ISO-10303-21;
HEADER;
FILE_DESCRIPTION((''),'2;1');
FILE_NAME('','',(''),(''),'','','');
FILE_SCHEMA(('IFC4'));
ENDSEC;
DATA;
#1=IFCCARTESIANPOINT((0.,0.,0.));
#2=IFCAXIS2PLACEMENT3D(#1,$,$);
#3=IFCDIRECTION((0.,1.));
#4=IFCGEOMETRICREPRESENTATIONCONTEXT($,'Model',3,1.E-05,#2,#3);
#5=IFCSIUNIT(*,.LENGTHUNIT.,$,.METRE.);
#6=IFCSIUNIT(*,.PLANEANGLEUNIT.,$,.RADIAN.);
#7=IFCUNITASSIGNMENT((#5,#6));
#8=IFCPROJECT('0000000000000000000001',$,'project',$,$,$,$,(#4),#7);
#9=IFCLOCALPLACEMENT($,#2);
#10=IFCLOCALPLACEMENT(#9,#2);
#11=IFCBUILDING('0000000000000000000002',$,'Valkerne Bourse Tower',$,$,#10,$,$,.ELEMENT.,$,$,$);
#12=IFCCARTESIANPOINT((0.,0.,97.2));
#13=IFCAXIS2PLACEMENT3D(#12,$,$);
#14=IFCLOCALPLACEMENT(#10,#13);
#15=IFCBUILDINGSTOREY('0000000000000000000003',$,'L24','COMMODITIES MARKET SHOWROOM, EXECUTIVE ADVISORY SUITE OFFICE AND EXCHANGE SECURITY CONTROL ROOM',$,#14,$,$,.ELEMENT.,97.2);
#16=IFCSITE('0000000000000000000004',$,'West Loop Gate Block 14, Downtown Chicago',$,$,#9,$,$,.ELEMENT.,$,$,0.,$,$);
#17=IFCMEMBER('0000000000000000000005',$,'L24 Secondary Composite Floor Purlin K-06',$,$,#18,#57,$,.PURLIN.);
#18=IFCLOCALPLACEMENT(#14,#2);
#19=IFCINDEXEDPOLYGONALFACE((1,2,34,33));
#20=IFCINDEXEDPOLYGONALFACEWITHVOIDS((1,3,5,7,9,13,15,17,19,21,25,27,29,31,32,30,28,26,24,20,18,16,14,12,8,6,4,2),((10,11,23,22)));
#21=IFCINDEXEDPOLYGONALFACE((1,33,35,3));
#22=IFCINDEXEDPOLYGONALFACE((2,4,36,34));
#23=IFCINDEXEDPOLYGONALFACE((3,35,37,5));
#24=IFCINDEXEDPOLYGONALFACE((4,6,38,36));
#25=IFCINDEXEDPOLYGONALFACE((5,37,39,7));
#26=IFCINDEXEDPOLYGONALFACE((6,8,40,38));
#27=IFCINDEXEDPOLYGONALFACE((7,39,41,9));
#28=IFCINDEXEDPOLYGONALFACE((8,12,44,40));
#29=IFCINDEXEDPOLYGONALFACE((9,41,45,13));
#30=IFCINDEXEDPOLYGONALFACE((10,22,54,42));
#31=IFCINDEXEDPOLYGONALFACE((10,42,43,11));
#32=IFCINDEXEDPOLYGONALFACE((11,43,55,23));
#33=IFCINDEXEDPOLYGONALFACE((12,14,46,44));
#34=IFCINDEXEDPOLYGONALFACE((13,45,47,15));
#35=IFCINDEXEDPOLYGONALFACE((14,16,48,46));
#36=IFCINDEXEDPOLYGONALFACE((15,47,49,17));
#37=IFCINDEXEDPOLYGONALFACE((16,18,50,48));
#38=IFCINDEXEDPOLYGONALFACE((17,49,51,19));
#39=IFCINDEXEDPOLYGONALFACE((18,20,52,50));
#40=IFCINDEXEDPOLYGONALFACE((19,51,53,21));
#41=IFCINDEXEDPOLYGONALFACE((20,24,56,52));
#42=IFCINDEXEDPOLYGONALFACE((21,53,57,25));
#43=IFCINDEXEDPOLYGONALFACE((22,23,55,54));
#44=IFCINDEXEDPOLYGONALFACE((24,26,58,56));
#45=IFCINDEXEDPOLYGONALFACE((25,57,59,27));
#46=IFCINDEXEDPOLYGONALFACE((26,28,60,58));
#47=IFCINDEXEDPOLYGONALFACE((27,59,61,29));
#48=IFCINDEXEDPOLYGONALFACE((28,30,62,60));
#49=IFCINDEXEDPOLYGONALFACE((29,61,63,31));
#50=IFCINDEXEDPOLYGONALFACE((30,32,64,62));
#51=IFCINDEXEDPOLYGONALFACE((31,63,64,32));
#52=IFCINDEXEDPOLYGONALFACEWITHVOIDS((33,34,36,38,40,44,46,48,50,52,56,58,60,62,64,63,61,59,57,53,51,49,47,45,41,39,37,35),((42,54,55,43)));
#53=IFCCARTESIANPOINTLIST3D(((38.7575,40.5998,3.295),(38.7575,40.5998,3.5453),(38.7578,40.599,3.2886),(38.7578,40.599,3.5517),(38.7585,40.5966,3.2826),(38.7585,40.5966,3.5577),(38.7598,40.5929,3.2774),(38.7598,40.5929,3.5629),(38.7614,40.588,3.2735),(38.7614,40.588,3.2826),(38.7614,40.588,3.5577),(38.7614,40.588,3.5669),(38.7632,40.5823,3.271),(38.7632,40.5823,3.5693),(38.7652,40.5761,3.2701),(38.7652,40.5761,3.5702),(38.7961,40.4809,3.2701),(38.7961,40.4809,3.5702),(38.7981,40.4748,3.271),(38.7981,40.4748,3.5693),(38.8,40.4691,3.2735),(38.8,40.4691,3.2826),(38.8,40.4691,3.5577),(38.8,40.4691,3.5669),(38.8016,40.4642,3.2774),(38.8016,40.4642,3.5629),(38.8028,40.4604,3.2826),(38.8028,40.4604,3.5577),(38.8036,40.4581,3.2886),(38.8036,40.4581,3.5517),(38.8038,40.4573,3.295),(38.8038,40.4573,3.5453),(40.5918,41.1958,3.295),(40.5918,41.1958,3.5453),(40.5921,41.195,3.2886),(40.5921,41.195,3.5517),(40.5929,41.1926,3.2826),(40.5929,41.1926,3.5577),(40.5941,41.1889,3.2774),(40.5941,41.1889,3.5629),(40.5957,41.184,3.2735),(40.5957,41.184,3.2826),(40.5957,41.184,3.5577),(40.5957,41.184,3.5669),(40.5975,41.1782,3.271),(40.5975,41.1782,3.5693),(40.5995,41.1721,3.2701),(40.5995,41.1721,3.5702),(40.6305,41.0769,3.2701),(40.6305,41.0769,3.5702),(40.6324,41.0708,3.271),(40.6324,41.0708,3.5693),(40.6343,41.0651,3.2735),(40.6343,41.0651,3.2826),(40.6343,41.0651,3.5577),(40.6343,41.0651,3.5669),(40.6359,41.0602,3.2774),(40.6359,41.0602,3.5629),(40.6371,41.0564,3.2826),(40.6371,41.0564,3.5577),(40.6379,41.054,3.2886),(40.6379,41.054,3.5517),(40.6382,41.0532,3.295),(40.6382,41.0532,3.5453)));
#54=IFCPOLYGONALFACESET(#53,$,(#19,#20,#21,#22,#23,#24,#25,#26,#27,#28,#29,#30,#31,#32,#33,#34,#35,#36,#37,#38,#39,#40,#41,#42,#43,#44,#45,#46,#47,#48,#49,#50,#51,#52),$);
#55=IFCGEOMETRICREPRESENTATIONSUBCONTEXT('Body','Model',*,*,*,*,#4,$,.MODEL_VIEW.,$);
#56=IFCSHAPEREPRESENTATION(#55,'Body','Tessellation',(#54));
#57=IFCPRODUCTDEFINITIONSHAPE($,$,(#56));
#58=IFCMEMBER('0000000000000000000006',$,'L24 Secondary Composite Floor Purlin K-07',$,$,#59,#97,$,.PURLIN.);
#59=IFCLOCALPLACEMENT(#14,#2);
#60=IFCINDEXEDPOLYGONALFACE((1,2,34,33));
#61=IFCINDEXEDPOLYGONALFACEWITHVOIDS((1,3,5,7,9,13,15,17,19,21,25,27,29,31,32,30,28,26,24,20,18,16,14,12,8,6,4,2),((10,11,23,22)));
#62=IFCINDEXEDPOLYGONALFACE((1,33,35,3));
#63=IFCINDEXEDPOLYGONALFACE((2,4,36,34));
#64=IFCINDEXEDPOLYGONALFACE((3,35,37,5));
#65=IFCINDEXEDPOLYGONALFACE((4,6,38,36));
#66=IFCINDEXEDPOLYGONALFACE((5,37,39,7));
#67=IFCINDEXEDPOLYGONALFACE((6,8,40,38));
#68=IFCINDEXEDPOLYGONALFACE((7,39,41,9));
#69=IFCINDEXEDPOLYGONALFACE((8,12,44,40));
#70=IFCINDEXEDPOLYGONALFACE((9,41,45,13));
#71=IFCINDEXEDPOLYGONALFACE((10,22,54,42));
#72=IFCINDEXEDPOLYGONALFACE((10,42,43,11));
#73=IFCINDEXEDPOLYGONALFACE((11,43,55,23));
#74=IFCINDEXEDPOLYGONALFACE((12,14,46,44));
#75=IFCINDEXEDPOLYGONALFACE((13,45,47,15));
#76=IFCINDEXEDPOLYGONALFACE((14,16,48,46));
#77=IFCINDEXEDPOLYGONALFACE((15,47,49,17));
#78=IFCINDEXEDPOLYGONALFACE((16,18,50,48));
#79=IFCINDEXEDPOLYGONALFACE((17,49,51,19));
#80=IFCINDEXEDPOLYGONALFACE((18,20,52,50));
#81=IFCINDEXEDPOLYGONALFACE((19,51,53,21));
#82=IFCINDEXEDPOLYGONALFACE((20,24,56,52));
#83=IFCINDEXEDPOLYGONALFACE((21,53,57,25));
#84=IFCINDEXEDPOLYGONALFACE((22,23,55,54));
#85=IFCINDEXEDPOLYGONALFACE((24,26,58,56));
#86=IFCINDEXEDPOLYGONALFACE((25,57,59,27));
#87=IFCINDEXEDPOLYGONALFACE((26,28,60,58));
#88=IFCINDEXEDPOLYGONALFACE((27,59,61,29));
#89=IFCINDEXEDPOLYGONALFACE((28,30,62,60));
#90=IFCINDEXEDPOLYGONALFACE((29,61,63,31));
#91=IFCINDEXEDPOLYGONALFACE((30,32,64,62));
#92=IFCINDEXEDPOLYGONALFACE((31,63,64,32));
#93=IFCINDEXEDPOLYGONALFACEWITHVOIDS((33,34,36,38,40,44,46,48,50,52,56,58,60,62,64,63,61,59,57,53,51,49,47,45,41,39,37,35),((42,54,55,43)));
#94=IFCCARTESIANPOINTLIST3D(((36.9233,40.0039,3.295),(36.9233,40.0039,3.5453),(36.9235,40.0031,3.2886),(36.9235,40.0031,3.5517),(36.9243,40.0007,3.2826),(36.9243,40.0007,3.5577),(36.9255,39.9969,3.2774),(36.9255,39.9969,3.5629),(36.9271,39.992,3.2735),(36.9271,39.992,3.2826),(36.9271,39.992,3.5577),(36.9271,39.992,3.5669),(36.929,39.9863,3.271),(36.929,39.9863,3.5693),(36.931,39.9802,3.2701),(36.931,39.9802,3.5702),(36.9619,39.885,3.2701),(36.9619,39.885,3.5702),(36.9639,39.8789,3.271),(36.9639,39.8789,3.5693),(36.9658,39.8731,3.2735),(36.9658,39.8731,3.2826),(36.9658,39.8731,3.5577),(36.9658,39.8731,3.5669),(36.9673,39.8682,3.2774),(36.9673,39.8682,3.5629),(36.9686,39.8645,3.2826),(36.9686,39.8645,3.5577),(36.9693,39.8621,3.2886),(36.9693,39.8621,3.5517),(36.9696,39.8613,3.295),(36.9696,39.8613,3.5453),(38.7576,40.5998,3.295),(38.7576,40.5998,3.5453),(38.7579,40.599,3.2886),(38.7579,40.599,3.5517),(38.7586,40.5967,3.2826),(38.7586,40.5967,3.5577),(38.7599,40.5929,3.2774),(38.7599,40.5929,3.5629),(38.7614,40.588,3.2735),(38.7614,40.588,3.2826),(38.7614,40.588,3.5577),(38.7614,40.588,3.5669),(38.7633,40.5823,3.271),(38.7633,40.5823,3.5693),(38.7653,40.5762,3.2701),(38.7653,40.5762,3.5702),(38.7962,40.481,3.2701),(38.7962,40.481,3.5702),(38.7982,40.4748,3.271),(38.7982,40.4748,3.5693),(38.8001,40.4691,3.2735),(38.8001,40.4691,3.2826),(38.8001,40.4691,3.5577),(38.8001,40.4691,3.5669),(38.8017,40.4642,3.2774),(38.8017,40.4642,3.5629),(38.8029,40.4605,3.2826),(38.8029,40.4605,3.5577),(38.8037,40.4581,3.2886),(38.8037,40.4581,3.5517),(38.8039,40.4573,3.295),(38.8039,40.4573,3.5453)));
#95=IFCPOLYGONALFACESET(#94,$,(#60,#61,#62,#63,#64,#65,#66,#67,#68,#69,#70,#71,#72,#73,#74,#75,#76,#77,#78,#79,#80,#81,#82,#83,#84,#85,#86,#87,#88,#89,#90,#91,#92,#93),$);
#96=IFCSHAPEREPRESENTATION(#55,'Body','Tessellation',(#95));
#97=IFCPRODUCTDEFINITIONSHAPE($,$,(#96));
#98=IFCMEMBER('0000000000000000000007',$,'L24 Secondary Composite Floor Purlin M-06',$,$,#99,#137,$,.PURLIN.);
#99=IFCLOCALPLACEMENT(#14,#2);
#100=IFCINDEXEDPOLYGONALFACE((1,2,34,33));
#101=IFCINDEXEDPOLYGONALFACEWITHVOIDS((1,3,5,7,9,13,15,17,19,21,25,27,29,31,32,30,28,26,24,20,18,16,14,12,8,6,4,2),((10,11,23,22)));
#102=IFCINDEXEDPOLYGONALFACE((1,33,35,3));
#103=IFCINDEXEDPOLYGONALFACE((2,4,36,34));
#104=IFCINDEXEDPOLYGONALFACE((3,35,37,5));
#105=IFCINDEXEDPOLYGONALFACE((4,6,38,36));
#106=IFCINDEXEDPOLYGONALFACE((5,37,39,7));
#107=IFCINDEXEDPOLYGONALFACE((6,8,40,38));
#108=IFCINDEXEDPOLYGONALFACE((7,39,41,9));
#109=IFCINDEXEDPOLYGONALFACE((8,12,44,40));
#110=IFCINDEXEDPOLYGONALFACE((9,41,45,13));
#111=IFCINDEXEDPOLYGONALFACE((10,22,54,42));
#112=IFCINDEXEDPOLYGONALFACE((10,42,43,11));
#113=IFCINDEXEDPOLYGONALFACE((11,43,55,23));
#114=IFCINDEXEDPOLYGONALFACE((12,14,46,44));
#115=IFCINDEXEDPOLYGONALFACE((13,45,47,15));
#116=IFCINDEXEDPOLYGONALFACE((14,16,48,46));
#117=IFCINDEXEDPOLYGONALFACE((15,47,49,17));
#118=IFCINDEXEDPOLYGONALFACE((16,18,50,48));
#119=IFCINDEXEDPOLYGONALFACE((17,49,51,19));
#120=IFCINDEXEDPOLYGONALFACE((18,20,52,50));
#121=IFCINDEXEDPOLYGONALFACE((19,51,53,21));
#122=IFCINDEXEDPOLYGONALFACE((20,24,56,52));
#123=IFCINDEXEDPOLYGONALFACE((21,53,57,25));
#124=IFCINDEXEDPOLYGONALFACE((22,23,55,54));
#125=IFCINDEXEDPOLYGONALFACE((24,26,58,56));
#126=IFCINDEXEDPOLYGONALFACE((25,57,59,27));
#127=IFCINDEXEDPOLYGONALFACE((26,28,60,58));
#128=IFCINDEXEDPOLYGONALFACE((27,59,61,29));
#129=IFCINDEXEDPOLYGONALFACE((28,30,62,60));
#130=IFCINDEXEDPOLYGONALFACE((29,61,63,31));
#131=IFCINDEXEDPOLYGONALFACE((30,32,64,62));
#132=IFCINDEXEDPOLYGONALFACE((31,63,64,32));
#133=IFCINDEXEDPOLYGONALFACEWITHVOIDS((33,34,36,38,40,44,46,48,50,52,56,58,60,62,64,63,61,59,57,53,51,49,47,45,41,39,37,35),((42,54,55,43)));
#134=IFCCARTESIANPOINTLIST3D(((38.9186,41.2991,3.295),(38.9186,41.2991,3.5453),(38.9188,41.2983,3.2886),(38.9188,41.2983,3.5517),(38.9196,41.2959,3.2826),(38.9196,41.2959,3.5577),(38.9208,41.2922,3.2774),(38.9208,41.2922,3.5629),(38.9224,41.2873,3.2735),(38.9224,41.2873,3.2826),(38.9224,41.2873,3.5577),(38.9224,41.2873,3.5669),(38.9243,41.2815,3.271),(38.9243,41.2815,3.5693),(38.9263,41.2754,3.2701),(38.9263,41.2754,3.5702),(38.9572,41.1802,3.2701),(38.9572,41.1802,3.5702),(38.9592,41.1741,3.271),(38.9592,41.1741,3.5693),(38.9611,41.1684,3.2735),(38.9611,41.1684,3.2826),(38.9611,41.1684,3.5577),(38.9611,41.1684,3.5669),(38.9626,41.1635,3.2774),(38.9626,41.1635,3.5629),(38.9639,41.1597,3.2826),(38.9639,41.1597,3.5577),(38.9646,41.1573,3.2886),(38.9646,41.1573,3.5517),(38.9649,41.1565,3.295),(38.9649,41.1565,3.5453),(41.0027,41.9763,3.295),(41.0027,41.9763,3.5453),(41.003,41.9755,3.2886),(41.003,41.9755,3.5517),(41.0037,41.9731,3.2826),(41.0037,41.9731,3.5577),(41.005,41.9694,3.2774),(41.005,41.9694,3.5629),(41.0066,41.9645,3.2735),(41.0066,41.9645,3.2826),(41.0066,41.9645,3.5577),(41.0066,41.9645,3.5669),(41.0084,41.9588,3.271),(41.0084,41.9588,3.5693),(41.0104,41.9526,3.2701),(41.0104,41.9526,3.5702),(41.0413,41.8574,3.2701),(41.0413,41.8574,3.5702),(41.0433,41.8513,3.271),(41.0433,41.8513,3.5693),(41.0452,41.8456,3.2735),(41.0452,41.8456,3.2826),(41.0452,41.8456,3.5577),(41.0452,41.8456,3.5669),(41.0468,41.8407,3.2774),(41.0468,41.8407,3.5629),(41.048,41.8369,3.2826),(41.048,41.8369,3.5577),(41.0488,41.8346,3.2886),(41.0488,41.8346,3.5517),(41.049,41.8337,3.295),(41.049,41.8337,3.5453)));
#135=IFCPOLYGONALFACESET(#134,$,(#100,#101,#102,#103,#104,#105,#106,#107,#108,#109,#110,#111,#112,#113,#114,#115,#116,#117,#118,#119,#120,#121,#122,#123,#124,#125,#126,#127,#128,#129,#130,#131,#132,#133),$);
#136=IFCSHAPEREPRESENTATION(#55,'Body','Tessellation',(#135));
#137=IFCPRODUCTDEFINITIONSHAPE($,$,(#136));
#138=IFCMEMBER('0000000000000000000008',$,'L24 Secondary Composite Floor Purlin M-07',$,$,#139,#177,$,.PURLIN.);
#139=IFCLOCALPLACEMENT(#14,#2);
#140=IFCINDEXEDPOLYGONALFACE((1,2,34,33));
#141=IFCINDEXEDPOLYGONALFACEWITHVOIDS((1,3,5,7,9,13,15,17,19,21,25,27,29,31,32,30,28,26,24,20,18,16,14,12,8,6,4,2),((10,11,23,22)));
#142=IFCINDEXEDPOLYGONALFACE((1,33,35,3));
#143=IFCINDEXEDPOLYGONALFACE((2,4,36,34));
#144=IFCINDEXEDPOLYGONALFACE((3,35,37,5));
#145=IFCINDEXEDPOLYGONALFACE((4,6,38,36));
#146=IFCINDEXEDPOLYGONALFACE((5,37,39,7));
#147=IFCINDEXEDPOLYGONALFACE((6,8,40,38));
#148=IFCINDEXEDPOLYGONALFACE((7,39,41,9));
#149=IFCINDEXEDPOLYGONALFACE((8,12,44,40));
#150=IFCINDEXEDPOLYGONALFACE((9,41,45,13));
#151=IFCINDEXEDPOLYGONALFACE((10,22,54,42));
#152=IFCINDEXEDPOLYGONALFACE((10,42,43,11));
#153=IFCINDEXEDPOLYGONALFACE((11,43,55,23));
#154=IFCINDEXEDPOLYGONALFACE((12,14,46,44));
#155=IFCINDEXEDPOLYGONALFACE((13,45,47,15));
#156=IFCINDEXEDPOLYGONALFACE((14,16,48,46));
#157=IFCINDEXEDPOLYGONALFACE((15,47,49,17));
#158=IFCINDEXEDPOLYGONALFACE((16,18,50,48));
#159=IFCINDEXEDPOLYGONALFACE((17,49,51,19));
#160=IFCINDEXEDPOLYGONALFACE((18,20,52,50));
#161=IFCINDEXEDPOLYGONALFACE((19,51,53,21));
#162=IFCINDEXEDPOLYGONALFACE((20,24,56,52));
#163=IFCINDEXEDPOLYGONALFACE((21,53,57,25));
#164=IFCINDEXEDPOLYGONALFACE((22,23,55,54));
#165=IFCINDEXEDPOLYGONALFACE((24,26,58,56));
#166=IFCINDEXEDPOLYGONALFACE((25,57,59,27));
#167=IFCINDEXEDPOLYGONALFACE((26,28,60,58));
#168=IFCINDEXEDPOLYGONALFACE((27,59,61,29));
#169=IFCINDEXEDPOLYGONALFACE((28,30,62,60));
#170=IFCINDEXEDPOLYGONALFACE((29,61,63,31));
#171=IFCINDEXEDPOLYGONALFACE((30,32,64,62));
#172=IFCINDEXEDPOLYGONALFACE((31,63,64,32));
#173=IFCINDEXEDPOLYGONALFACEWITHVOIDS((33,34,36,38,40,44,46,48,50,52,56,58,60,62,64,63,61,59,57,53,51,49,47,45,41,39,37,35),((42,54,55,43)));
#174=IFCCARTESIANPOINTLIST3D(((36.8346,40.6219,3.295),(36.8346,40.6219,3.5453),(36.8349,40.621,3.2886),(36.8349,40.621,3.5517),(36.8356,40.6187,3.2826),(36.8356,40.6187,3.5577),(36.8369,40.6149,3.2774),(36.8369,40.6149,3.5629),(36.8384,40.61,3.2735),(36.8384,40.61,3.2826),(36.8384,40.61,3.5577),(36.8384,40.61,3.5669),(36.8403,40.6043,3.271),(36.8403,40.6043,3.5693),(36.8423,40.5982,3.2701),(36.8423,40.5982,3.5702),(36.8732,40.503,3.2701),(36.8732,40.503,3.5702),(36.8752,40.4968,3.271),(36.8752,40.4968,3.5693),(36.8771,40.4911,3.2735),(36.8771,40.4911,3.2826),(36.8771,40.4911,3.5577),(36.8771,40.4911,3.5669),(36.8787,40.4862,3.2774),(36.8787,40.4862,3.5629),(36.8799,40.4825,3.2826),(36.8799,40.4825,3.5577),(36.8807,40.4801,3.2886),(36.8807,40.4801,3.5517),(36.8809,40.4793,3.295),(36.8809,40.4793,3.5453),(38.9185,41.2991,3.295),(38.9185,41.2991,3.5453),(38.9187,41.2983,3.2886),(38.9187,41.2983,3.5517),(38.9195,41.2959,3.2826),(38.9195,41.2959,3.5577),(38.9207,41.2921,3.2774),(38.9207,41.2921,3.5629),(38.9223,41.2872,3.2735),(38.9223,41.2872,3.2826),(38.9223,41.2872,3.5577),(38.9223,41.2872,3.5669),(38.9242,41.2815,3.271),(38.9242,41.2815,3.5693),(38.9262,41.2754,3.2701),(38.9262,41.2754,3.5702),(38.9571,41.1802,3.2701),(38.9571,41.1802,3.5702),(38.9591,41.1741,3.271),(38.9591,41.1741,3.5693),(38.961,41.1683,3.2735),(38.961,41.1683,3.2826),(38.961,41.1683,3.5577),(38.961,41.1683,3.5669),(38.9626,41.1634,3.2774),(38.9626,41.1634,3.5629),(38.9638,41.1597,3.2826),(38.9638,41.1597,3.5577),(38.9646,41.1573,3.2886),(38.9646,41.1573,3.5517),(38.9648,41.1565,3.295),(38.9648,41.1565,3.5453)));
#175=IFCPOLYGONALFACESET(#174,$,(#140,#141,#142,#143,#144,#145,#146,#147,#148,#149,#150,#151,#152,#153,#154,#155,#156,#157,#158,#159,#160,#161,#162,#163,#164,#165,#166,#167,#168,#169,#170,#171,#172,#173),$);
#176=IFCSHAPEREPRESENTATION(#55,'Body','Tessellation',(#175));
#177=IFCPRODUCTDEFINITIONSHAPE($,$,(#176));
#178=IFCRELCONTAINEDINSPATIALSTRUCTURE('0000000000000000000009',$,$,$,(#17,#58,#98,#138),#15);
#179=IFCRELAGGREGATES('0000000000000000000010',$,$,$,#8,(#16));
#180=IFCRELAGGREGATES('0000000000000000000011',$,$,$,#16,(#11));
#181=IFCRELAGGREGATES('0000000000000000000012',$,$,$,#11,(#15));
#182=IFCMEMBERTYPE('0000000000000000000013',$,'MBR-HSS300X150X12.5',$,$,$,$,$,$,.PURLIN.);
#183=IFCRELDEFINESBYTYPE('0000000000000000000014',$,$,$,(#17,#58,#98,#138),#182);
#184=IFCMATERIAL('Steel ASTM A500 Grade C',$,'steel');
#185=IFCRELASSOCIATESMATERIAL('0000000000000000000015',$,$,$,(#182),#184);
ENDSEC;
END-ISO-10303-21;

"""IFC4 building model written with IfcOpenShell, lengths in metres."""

from ifc_helpers import new_model, si_unit, direction, frame, origin, origin_2d, place, context, subcontext, project, spatial, hollow_rectangle, extrude, material, material_profile, profile_set, type_object, element, save


model = new_model("IFC4")

# Units and contexts
model_context = context("Model", 3, precision=1e-05, world=origin(), true_north=direction((0.0, 1.0)))
body_context = subcontext(model_context, "Body", "Model", "MODEL_VIEW")
ifc_project = project(units=[si_unit("LENGTHUNIT", "METRE"), si_unit("PLANEANGLEUNIT", "RADIAN")], contexts=[model_context])

# Site, building, storey
site_placement = place(None, origin())
site = spatial("IfcSite", under=ifc_project, at=site_placement, Name="West Loop Gate Block 14, Downtown Chicago", CompositionType="ELEMENT", RefElevation=0.0)
building_placement = place(site_placement, origin())
building = spatial("IfcBuilding", under=site, at=building_placement, Name="Valkerne Bourse Tower", CompositionType="ELEMENT")
storey_placement = place(building_placement, frame((0.0, 0.0, 97.2)))
storey = spatial("IfcBuildingStorey", under=building, at=storey_placement, Name="L24", Description="COMMODITIES MARKET SHOWROOM, EXECUTIVE ADVISORY SUITE OFFICE AND EXCHANGE SECURITY CONTROL ROOM", CompositionType="ELEMENT", Elevation=97.2)

# Members
ifc_material_1 = material(Name="Steel ASTM A500 Grade C", Category="steel")
ifc_material_profile_1 = material_profile(ifc_material_1, hollow_rectangle(XDim=0.1499, YDim=0.3, WallThickness=0.0125, OuterFilletRadius=0.0249, at=origin_2d()), Name="HSS300X150X12.5")
ifc_profile_set_1 = profile_set([ifc_material_profile_1], Name="Steel ASTM A500 Grade C")
member_type = type_object("IfcMemberType", Name="MBR-HSS300X150X12.5", PredefinedType="PURLIN", material=ifc_profile_set_1)
for number, where, z_axis, x_axis, name in (
    (1, (40.615, 41.1245, 3.4202), (-0.951061, -0.309003, 0.0), (0.309003, -0.951061, 0.0), "L24 Secondary Composite Floor Purlin K-06"),
    (2, (38.7808, 40.5286, 3.4202), (-0.951061, -0.309003, 0.0), (0.309003, -0.951061, 0.0), "L24 Secondary Composite Floor Purlin K-07"),
):
    element("IfcMember", number, at=place(storey_placement, frame(where, z_axis=z_axis, x_axis=x_axis)), inside=storey, type_object=member_type, Name=name, PredefinedType="PURLIN", context=body_context, shape_type="SweptSolid", body=[
        extrude(hollow_rectangle(XDim=0.1499, YDim=0.3, WallThickness=0.0125, OuterFilletRadius=0.0249, at=origin_2d()), origin(), (0.0, 0.0, 1.0), 1.9287),
    ])
member_1_placement = place(storey_placement, frame((41.0259, 41.905, 3.4202), z_axis=(-0.951051, -0.309033, 0.0), x_axis=(0.309033, -0.951051, 0.0)))
element("IfcMember", 3, at=member_1_placement, inside=storey, type_object=member_type, Name="L24 Secondary Composite Floor Purlin M-06", PredefinedType="PURLIN", context=body_context, shape_type="SweptSolid", body=[
    extrude(hollow_rectangle(XDim=0.1499, YDim=0.3, WallThickness=0.0125, OuterFilletRadius=0.0249, at=origin_2d()), origin(), (0.0, 0.0, 1.0), 2.1914),
])
member_2_placement = place(storey_placement, frame((38.9417, 41.2278, 3.4202), z_axis=(-0.951041, -0.309066, 0.0), x_axis=(0.309066, -0.951041, 0.0)))
element("IfcMember", 4, at=member_2_placement, inside=storey, type_object=member_type, Name="L24 Secondary Composite Floor Purlin M-07", PredefinedType="PURLIN", context=body_context, shape_type="SweptSolid", body=[
    extrude(hollow_rectangle(XDim=0.1499, YDim=0.3, WallThickness=0.0125, OuterFilletRadius=0.0249, at=origin_2d()), origin(), (0.0, 0.0, 1.0), 2.1912),
])

save(model, "model.ifc")
